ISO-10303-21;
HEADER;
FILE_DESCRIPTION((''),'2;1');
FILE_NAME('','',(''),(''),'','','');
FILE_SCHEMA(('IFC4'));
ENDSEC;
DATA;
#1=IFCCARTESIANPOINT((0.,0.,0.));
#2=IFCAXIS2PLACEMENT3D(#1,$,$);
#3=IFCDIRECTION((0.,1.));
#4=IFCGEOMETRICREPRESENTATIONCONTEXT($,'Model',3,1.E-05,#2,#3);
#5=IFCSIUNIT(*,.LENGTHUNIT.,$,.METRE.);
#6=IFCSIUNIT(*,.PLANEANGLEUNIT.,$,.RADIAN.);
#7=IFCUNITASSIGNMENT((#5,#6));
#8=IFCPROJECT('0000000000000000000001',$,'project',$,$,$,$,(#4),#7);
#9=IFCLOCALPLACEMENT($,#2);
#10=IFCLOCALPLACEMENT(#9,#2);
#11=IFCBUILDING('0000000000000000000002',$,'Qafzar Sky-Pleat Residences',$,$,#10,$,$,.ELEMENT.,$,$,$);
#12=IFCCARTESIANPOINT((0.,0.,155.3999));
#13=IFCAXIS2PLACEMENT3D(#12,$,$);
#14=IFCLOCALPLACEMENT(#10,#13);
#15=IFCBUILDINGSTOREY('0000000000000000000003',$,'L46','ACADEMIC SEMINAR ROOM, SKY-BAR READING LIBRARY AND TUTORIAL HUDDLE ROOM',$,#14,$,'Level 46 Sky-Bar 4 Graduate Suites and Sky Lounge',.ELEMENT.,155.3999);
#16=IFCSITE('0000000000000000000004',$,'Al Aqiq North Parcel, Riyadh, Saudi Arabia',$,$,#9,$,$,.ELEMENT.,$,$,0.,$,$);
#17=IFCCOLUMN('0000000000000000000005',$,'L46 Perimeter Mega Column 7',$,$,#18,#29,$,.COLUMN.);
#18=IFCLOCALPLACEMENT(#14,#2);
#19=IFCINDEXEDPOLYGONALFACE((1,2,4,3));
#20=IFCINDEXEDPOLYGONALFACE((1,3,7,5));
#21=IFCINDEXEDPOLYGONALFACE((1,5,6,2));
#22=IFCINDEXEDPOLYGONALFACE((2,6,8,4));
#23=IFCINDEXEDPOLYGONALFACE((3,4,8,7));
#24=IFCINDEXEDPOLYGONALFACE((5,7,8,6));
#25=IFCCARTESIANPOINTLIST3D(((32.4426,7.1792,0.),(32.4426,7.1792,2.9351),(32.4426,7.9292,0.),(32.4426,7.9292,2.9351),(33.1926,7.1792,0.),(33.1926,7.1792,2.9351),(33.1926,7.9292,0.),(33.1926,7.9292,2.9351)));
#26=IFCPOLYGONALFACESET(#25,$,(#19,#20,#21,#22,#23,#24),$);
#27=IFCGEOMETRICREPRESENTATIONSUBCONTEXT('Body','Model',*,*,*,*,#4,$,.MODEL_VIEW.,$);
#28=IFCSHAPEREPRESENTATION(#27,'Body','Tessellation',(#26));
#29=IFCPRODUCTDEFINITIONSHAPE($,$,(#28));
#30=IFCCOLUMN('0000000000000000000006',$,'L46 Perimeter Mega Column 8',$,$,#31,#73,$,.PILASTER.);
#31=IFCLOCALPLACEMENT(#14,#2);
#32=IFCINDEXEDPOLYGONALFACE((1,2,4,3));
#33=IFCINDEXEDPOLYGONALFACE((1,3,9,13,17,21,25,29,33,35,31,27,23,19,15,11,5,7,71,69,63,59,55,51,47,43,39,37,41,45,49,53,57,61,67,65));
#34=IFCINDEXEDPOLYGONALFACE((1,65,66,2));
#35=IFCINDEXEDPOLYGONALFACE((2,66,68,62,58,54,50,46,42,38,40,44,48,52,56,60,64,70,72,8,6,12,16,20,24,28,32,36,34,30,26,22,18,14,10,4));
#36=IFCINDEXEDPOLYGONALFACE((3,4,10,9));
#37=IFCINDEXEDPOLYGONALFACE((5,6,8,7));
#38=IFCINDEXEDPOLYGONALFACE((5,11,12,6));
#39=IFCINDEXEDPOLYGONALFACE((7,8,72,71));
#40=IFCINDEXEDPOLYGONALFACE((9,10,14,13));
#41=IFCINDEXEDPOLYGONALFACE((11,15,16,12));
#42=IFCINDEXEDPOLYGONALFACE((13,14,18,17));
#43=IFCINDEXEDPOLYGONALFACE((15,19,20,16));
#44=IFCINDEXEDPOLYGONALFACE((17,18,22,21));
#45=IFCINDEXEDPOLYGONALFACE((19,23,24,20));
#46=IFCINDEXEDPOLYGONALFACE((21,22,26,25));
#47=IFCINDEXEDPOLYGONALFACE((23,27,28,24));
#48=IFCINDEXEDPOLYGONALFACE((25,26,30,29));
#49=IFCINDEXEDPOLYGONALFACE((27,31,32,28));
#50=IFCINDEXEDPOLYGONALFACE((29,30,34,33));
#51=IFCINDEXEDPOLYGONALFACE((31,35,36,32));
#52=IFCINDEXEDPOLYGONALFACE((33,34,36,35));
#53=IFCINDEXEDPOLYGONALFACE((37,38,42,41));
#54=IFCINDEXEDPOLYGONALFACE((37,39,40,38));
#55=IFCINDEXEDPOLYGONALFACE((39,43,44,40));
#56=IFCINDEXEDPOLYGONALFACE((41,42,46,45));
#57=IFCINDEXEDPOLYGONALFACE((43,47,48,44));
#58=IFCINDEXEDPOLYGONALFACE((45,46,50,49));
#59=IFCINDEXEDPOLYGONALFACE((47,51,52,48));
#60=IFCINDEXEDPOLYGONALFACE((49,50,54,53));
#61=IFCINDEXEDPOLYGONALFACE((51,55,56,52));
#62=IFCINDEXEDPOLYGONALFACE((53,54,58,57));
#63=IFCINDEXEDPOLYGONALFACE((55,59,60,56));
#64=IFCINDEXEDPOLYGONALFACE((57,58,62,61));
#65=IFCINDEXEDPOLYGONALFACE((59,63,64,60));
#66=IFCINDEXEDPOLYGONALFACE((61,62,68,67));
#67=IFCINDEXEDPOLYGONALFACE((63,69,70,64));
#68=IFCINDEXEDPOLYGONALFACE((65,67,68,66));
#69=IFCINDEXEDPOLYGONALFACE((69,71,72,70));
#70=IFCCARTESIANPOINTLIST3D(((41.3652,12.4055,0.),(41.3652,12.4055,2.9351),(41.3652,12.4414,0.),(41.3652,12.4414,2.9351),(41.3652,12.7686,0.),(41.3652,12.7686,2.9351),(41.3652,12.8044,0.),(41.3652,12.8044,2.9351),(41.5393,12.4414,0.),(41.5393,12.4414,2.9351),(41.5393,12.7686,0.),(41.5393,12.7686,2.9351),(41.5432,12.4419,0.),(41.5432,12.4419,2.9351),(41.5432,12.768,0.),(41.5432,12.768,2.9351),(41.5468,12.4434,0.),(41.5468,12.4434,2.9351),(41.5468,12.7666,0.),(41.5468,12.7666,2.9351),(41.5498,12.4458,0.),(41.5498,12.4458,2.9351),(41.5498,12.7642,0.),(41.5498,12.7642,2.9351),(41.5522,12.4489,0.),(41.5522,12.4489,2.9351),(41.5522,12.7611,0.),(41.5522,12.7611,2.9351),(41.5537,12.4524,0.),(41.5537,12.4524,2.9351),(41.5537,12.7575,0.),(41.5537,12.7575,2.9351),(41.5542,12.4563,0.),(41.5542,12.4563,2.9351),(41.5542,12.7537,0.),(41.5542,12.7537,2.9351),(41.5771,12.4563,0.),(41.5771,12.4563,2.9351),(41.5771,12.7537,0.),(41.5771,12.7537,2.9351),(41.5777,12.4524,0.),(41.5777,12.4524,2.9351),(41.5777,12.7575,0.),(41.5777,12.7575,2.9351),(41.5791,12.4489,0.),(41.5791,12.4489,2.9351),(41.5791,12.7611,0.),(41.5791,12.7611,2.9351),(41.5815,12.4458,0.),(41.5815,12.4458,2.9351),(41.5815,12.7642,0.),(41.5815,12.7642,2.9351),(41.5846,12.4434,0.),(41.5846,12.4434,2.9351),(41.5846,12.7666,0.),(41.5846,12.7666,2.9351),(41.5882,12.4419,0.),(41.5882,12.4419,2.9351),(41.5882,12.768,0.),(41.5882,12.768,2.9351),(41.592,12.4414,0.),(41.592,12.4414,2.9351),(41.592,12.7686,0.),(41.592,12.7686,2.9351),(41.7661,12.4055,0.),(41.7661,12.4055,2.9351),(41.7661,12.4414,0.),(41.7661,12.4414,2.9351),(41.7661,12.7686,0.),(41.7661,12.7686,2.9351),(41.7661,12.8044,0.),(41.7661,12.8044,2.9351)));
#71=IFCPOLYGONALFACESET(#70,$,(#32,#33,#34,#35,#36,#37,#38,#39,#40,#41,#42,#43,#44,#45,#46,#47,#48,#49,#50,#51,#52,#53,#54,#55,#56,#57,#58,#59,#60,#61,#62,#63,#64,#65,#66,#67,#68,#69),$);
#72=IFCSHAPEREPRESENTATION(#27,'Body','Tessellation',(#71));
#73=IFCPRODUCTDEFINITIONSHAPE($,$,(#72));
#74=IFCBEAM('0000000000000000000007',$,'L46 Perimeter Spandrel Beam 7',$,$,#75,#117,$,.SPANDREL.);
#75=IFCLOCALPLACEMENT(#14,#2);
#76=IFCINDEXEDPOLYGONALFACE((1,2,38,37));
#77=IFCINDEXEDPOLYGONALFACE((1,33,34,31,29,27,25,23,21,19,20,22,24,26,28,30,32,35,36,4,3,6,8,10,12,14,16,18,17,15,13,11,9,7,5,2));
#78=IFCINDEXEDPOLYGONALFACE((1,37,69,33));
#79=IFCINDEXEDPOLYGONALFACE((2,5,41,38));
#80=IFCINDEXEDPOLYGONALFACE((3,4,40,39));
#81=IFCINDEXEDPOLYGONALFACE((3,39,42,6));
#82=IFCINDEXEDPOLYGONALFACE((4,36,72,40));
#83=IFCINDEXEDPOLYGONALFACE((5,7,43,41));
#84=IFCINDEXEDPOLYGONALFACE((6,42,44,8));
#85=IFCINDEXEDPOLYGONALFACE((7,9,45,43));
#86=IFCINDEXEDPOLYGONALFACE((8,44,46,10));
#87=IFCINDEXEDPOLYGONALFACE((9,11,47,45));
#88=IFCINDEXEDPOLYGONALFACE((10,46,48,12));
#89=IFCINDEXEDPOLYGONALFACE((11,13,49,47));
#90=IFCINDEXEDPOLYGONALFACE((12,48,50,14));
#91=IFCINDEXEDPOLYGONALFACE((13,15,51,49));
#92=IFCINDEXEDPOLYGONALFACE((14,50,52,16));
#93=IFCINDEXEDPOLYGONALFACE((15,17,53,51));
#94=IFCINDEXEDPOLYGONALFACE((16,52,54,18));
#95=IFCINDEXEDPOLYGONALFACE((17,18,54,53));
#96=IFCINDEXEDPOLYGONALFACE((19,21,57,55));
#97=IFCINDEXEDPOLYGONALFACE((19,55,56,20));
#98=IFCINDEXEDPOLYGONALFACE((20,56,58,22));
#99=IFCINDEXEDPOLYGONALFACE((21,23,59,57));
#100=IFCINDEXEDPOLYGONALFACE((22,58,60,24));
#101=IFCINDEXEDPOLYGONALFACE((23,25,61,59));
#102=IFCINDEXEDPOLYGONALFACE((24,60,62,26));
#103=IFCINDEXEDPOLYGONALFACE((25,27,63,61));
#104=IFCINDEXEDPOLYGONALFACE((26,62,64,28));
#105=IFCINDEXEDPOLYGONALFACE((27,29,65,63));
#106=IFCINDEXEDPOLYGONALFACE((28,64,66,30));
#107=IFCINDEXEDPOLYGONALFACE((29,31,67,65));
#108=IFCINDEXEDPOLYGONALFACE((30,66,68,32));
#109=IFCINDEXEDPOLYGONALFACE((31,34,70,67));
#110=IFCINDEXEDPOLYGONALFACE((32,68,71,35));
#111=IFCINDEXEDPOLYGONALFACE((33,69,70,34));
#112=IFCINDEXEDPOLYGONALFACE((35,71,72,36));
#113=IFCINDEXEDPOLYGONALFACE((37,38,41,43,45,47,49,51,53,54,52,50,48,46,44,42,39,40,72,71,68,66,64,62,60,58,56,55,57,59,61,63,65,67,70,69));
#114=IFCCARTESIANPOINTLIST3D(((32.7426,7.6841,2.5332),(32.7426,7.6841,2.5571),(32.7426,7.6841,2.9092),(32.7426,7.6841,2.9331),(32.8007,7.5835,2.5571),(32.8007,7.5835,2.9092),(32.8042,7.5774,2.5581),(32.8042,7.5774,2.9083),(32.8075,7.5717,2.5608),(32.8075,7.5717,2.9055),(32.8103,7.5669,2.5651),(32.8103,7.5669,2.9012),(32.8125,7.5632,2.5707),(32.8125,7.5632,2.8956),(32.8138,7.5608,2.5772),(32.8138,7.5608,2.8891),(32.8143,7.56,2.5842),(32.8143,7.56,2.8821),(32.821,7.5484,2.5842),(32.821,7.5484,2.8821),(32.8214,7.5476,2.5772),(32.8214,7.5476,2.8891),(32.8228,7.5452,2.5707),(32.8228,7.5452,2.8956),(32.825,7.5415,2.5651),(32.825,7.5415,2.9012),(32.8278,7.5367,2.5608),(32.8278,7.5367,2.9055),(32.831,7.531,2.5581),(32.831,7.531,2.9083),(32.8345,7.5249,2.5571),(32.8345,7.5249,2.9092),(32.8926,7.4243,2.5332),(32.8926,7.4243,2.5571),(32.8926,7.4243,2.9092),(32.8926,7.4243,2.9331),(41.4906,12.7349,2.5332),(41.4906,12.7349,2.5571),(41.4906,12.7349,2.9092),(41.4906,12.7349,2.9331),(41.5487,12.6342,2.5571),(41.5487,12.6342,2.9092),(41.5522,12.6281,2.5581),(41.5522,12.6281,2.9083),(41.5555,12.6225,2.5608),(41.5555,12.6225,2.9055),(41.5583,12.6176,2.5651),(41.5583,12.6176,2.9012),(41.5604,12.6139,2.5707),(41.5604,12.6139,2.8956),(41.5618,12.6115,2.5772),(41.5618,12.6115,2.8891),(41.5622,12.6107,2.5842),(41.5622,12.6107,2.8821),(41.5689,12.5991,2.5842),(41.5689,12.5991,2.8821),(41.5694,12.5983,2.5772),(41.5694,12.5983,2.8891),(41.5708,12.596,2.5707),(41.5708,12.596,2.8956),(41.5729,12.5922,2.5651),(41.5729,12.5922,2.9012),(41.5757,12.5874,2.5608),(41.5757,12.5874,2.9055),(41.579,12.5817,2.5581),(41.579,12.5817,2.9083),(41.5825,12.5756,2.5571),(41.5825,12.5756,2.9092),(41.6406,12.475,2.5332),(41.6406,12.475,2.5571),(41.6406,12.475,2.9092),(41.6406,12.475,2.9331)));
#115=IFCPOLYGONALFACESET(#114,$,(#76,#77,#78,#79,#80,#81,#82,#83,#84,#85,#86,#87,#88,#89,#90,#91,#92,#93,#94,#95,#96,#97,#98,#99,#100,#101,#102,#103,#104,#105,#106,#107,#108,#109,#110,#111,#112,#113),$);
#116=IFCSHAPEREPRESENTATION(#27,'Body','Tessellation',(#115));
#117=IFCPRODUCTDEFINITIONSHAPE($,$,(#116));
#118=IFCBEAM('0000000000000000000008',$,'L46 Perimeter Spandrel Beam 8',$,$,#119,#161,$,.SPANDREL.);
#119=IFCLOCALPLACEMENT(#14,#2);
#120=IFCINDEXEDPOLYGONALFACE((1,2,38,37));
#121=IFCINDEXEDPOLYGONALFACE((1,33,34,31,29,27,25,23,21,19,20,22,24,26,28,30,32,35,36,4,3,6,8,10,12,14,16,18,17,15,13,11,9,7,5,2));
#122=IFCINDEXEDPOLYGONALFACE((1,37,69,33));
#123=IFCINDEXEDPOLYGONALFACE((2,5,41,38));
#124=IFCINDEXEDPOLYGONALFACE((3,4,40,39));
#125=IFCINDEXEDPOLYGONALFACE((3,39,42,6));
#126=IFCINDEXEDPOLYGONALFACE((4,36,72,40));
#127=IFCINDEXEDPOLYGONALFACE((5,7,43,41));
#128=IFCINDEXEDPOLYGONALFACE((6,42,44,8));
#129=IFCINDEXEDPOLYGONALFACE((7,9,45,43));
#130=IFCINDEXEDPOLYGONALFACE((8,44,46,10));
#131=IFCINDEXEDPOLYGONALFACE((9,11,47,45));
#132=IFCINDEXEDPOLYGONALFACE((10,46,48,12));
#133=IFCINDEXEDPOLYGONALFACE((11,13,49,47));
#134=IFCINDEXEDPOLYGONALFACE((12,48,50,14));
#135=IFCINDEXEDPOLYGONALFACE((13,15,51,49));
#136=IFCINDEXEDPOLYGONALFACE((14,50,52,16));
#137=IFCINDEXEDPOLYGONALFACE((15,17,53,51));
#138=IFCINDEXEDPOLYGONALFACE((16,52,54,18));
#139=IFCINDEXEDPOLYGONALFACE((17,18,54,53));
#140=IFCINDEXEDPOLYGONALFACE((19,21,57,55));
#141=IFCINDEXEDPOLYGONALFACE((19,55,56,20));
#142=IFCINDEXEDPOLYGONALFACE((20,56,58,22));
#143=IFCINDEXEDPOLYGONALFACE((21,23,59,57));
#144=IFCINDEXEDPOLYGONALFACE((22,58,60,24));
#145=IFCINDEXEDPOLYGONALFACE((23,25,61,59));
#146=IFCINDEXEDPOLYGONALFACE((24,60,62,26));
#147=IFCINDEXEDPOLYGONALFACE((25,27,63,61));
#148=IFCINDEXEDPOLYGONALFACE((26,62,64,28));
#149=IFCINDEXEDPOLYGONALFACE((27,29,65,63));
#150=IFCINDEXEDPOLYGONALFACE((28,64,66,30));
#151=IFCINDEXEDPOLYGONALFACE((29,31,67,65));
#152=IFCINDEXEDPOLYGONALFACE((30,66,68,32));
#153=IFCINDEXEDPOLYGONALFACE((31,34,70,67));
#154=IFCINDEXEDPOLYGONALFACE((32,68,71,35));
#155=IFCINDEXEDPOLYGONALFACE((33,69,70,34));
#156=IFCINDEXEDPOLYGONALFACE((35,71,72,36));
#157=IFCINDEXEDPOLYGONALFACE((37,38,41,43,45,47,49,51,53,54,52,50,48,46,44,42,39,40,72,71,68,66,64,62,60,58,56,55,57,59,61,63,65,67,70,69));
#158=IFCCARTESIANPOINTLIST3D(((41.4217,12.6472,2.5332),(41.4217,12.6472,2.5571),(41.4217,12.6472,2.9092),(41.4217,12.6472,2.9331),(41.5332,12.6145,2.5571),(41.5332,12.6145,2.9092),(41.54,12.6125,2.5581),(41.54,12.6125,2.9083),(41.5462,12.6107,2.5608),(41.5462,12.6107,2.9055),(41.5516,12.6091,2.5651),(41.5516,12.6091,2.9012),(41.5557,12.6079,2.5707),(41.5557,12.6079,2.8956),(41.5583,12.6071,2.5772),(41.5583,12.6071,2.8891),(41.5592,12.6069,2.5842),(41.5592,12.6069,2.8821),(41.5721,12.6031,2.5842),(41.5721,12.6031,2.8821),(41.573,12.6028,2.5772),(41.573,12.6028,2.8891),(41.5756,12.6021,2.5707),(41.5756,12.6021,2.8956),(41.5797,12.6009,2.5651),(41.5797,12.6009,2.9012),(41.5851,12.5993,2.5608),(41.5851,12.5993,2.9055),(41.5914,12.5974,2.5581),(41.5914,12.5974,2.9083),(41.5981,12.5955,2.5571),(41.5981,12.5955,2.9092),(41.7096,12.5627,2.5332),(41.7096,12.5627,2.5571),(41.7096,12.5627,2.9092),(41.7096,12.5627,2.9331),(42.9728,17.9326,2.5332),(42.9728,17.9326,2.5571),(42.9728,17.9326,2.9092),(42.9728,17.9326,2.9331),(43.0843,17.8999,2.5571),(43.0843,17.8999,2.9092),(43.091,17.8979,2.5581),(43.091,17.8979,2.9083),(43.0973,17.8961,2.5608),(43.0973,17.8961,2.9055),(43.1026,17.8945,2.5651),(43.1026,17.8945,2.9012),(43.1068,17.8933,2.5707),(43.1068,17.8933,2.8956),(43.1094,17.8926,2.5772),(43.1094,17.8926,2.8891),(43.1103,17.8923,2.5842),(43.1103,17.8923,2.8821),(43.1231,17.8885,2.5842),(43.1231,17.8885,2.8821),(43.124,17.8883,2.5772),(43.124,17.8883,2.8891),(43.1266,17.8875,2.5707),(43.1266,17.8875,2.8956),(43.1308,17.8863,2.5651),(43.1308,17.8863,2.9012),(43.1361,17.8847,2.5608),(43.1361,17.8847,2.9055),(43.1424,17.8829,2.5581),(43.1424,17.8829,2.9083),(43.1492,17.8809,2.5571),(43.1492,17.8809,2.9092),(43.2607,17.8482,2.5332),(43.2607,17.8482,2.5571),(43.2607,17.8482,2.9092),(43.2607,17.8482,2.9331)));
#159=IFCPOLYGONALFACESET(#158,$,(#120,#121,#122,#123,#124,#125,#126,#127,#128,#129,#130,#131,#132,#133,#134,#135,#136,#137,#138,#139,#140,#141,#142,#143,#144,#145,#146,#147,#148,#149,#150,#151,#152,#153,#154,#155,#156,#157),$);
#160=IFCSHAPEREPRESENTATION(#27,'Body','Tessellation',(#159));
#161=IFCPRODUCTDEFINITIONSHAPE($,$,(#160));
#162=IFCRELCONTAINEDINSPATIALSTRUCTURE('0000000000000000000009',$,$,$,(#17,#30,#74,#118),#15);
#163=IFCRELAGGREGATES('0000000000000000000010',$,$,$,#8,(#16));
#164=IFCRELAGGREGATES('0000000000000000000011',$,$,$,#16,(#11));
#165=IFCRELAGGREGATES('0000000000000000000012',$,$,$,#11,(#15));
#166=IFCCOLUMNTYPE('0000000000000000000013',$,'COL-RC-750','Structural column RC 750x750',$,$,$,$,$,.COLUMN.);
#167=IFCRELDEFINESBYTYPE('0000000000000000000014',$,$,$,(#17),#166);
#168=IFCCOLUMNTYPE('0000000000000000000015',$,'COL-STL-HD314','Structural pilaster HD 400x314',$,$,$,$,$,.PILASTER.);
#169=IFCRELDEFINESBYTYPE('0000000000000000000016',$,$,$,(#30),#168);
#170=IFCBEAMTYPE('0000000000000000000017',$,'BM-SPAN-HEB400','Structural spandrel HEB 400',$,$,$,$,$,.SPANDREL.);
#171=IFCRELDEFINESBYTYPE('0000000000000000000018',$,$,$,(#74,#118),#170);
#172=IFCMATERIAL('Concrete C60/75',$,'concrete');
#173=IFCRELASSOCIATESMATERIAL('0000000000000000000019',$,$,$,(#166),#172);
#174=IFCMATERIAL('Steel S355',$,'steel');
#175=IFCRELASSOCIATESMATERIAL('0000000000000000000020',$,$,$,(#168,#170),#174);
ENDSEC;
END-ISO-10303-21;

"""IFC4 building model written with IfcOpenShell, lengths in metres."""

from ifc_helpers import new_model, si_unit, direction, frame, origin, origin_2d, place, context, subcontext, project, spatial, rectangle, i_section, extrude, source, transform, mapped, material, material_profile, profile_set, type_object, element, save


model = new_model("IFC4")

# Units and contexts
model_context = context("Model", 3, precision=1e-05, world=origin(), true_north=direction((0.0, 1.0)))
body_context = subcontext(model_context, "Body", "Model", "MODEL_VIEW")
ifc_project = project(units=[si_unit("LENGTHUNIT", "METRE"), si_unit("PLANEANGLEUNIT", "RADIAN")], contexts=[model_context])

# Site, building, storey
site_placement = place(None, origin())
site = spatial("IfcSite", under=ifc_project, at=site_placement, Name="Al Aqiq North Parcel, Riyadh, Saudi Arabia", CompositionType="ELEMENT", RefElevation=0.0)
building_placement = place(site_placement, origin())
building = spatial("IfcBuilding", under=site, at=building_placement, Name="Qafzar Sky-Pleat Residences", CompositionType="ELEMENT")
storey_placement = place(building_placement, frame((0.0, 0.0, 155.3999)))
storey = spatial("IfcBuildingStorey", under=building, at=storey_placement, Name="L46", Description="ACADEMIC SEMINAR ROOM, SKY-BAR READING LIBRARY AND TUTORIAL HUDDLE ROOM", LongName="Level 46 Sky-Bar 4 Graduate Suites and Sky Lounge", CompositionType="ELEMENT", Elevation=155.3999)

# Columns
ifc_material_1 = material(Name="Concrete C60/75", Category="concrete")
ifc_material_profile_1 = material_profile(ifc_material_1, rectangle(XDim=0.75, YDim=0.75, at=origin_2d()), Name="RC 750x750")
ifc_profile_set_1 = profile_set([ifc_material_profile_1], Name="Concrete C60/75")
column_type_1 = type_object("IfcColumnType", Name="COL-RC-750", Description="Structural column RC 750x750", PredefinedType="COLUMN", material=ifc_profile_set_1)
shared_shape_1 = source(origin(), body_context, "Body", "SweptSolid", [
    extrude(rectangle(XDim=0.75, YDim=0.75, at=origin_2d()), origin(), (0.0, 0.0, 1.0), 2.9351),
])
column_1_placement = place(storey_placement, frame((32.8176, 7.5542, 0.0), z_axis=(0.0, 0.0, 1.0), x_axis=(1.0, 0.0, 0.0)))
element("IfcColumn", 1, at=column_1_placement, inside=storey, type_object=column_type_1, Name="L46 Perimeter Mega Column 7", PredefinedType="COLUMN", context=body_context, shape_type="MappedRepresentation", body=[
    mapped(shared_shape_1, transform((0.0, 0.0, 0.0), x_axis=(1.0, 0.0, 0.0), y_axis=(0.0, 1.0, 0.0), z_axis=(0.0, 0.0, 1.0), scale=1.0)),
])
ifc_material_2 = material(Name="Steel S355", Category="steel")
ifc_material_profile_2 = material_profile(ifc_material_2, i_section(OverallWidth=0.4009, OverallDepth=0.3989, WebThickness=0.0229, FlangeThickness=0.0359, FilletRadius=0.0149, at=origin_2d()), Name="HD 400x314")
ifc_profile_set_2 = profile_set([ifc_material_profile_2], Name="Steel S355")
column_type_2 = type_object("IfcColumnType", Name="COL-STL-HD314", Description="Structural pilaster HD 400x314", PredefinedType="PILASTER", material=ifc_profile_set_2)
shared_shape_2 = source(origin(), body_context, "Body", "SweptSolid", [
    extrude(i_section(OverallWidth=0.4009, OverallDepth=0.3989, WebThickness=0.0229, FlangeThickness=0.0359, FilletRadius=0.0149, at=origin_2d()), origin(), (0.0, 0.0, 1.0), 2.9351),
])
column_2_placement = place(storey_placement, frame((41.5657, 12.605, 0.0), z_axis=(0.0, 0.0, 1.0), x_axis=(1.0, 0.0, 0.0)))
element("IfcColumn", 2, at=column_2_placement, inside=storey, type_object=column_type_2, Name="L46 Perimeter Mega Column 8", PredefinedType="PILASTER", context=body_context, shape_type="MappedRepresentation", body=[
    mapped(shared_shape_2, transform((0.0, 0.0, 0.0), x_axis=(1.0, 0.0, 0.0), y_axis=(0.0, 1.0, 0.0), z_axis=(0.0, 0.0, 1.0), scale=1.0)),
])

# Beams
ifc_material_profile_3 = material_profile(ifc_material_2, i_section(OverallWidth=0.3, OverallDepth=0.3999, WebThickness=0.0134, FlangeThickness=0.0239, FilletRadius=0.0271, at=origin_2d()), Name="HEB 400")
ifc_profile_set_3 = profile_set([ifc_material_profile_3], Name="Steel S355")
beam_type_1 = type_object("IfcBeamType", Name="BM-SPAN-HEB400", Description="Structural spandrel HEB 400", PredefinedType="SPANDREL", material=ifc_profile_set_3)
shared_shape_3 = source(origin(), body_context, "Body", "SweptSolid", [
    extrude(i_section(OverallWidth=0.3, OverallDepth=0.3999, WebThickness=0.0134, FlangeThickness=0.0239, FilletRadius=0.0271, at=origin_2d()), origin(), (0.0, 0.0, 1.0), 10.1013),
])
beam_1_placement = place(storey_placement, frame((32.8176, 7.5542, 2.7332), z_axis=(0.866021, 0.500007, 0.0), x_axis=(-0.500007, 0.866021, 0.0)))
element("IfcBeam", 3, at=beam_1_placement, inside=storey, type_object=beam_type_1, Name="L46 Perimeter Spandrel Beam 7", PredefinedType="SPANDREL", context=body_context, shape_type="MappedRepresentation", body=[
    mapped(shared_shape_3, transform((0.0, 0.0, 0.0), x_axis=(1.0, 0.0, 0.0), y_axis=(0.0, 1.0, 0.0), z_axis=(0.0, 0.0, 1.0), scale=1.0)),
])
shared_shape_4 = source(origin(), body_context, "Body", "SweptSolid", [
    extrude(i_section(OverallWidth=0.3, OverallDepth=0.3999, WebThickness=0.0134, FlangeThickness=0.0239, FilletRadius=0.0271, at=origin_2d()), origin(), (0.0, 0.0, 1.0), 5.5083),
])
beam_2_placement = place(storey_placement, frame((41.5657, 12.605, 2.7332), z_axis=(0.281581, 0.959538, 0.0), x_axis=(-0.959538, 0.281581, 0.0)))
element("IfcBeam", 4, at=beam_2_placement, inside=storey, type_object=beam_type_1, Name="L46 Perimeter Spandrel Beam 8", PredefinedType="SPANDREL", context=body_context, shape_type="MappedRepresentation", body=[
    mapped(shared_shape_4, transform((0.0, 0.0, 0.0), x_axis=(1.0, 0.0, 0.0), y_axis=(0.0, 1.0, 0.0), z_axis=(0.0, 0.0, 1.0), scale=1.0)),
])

save(model, "model.ifc")
